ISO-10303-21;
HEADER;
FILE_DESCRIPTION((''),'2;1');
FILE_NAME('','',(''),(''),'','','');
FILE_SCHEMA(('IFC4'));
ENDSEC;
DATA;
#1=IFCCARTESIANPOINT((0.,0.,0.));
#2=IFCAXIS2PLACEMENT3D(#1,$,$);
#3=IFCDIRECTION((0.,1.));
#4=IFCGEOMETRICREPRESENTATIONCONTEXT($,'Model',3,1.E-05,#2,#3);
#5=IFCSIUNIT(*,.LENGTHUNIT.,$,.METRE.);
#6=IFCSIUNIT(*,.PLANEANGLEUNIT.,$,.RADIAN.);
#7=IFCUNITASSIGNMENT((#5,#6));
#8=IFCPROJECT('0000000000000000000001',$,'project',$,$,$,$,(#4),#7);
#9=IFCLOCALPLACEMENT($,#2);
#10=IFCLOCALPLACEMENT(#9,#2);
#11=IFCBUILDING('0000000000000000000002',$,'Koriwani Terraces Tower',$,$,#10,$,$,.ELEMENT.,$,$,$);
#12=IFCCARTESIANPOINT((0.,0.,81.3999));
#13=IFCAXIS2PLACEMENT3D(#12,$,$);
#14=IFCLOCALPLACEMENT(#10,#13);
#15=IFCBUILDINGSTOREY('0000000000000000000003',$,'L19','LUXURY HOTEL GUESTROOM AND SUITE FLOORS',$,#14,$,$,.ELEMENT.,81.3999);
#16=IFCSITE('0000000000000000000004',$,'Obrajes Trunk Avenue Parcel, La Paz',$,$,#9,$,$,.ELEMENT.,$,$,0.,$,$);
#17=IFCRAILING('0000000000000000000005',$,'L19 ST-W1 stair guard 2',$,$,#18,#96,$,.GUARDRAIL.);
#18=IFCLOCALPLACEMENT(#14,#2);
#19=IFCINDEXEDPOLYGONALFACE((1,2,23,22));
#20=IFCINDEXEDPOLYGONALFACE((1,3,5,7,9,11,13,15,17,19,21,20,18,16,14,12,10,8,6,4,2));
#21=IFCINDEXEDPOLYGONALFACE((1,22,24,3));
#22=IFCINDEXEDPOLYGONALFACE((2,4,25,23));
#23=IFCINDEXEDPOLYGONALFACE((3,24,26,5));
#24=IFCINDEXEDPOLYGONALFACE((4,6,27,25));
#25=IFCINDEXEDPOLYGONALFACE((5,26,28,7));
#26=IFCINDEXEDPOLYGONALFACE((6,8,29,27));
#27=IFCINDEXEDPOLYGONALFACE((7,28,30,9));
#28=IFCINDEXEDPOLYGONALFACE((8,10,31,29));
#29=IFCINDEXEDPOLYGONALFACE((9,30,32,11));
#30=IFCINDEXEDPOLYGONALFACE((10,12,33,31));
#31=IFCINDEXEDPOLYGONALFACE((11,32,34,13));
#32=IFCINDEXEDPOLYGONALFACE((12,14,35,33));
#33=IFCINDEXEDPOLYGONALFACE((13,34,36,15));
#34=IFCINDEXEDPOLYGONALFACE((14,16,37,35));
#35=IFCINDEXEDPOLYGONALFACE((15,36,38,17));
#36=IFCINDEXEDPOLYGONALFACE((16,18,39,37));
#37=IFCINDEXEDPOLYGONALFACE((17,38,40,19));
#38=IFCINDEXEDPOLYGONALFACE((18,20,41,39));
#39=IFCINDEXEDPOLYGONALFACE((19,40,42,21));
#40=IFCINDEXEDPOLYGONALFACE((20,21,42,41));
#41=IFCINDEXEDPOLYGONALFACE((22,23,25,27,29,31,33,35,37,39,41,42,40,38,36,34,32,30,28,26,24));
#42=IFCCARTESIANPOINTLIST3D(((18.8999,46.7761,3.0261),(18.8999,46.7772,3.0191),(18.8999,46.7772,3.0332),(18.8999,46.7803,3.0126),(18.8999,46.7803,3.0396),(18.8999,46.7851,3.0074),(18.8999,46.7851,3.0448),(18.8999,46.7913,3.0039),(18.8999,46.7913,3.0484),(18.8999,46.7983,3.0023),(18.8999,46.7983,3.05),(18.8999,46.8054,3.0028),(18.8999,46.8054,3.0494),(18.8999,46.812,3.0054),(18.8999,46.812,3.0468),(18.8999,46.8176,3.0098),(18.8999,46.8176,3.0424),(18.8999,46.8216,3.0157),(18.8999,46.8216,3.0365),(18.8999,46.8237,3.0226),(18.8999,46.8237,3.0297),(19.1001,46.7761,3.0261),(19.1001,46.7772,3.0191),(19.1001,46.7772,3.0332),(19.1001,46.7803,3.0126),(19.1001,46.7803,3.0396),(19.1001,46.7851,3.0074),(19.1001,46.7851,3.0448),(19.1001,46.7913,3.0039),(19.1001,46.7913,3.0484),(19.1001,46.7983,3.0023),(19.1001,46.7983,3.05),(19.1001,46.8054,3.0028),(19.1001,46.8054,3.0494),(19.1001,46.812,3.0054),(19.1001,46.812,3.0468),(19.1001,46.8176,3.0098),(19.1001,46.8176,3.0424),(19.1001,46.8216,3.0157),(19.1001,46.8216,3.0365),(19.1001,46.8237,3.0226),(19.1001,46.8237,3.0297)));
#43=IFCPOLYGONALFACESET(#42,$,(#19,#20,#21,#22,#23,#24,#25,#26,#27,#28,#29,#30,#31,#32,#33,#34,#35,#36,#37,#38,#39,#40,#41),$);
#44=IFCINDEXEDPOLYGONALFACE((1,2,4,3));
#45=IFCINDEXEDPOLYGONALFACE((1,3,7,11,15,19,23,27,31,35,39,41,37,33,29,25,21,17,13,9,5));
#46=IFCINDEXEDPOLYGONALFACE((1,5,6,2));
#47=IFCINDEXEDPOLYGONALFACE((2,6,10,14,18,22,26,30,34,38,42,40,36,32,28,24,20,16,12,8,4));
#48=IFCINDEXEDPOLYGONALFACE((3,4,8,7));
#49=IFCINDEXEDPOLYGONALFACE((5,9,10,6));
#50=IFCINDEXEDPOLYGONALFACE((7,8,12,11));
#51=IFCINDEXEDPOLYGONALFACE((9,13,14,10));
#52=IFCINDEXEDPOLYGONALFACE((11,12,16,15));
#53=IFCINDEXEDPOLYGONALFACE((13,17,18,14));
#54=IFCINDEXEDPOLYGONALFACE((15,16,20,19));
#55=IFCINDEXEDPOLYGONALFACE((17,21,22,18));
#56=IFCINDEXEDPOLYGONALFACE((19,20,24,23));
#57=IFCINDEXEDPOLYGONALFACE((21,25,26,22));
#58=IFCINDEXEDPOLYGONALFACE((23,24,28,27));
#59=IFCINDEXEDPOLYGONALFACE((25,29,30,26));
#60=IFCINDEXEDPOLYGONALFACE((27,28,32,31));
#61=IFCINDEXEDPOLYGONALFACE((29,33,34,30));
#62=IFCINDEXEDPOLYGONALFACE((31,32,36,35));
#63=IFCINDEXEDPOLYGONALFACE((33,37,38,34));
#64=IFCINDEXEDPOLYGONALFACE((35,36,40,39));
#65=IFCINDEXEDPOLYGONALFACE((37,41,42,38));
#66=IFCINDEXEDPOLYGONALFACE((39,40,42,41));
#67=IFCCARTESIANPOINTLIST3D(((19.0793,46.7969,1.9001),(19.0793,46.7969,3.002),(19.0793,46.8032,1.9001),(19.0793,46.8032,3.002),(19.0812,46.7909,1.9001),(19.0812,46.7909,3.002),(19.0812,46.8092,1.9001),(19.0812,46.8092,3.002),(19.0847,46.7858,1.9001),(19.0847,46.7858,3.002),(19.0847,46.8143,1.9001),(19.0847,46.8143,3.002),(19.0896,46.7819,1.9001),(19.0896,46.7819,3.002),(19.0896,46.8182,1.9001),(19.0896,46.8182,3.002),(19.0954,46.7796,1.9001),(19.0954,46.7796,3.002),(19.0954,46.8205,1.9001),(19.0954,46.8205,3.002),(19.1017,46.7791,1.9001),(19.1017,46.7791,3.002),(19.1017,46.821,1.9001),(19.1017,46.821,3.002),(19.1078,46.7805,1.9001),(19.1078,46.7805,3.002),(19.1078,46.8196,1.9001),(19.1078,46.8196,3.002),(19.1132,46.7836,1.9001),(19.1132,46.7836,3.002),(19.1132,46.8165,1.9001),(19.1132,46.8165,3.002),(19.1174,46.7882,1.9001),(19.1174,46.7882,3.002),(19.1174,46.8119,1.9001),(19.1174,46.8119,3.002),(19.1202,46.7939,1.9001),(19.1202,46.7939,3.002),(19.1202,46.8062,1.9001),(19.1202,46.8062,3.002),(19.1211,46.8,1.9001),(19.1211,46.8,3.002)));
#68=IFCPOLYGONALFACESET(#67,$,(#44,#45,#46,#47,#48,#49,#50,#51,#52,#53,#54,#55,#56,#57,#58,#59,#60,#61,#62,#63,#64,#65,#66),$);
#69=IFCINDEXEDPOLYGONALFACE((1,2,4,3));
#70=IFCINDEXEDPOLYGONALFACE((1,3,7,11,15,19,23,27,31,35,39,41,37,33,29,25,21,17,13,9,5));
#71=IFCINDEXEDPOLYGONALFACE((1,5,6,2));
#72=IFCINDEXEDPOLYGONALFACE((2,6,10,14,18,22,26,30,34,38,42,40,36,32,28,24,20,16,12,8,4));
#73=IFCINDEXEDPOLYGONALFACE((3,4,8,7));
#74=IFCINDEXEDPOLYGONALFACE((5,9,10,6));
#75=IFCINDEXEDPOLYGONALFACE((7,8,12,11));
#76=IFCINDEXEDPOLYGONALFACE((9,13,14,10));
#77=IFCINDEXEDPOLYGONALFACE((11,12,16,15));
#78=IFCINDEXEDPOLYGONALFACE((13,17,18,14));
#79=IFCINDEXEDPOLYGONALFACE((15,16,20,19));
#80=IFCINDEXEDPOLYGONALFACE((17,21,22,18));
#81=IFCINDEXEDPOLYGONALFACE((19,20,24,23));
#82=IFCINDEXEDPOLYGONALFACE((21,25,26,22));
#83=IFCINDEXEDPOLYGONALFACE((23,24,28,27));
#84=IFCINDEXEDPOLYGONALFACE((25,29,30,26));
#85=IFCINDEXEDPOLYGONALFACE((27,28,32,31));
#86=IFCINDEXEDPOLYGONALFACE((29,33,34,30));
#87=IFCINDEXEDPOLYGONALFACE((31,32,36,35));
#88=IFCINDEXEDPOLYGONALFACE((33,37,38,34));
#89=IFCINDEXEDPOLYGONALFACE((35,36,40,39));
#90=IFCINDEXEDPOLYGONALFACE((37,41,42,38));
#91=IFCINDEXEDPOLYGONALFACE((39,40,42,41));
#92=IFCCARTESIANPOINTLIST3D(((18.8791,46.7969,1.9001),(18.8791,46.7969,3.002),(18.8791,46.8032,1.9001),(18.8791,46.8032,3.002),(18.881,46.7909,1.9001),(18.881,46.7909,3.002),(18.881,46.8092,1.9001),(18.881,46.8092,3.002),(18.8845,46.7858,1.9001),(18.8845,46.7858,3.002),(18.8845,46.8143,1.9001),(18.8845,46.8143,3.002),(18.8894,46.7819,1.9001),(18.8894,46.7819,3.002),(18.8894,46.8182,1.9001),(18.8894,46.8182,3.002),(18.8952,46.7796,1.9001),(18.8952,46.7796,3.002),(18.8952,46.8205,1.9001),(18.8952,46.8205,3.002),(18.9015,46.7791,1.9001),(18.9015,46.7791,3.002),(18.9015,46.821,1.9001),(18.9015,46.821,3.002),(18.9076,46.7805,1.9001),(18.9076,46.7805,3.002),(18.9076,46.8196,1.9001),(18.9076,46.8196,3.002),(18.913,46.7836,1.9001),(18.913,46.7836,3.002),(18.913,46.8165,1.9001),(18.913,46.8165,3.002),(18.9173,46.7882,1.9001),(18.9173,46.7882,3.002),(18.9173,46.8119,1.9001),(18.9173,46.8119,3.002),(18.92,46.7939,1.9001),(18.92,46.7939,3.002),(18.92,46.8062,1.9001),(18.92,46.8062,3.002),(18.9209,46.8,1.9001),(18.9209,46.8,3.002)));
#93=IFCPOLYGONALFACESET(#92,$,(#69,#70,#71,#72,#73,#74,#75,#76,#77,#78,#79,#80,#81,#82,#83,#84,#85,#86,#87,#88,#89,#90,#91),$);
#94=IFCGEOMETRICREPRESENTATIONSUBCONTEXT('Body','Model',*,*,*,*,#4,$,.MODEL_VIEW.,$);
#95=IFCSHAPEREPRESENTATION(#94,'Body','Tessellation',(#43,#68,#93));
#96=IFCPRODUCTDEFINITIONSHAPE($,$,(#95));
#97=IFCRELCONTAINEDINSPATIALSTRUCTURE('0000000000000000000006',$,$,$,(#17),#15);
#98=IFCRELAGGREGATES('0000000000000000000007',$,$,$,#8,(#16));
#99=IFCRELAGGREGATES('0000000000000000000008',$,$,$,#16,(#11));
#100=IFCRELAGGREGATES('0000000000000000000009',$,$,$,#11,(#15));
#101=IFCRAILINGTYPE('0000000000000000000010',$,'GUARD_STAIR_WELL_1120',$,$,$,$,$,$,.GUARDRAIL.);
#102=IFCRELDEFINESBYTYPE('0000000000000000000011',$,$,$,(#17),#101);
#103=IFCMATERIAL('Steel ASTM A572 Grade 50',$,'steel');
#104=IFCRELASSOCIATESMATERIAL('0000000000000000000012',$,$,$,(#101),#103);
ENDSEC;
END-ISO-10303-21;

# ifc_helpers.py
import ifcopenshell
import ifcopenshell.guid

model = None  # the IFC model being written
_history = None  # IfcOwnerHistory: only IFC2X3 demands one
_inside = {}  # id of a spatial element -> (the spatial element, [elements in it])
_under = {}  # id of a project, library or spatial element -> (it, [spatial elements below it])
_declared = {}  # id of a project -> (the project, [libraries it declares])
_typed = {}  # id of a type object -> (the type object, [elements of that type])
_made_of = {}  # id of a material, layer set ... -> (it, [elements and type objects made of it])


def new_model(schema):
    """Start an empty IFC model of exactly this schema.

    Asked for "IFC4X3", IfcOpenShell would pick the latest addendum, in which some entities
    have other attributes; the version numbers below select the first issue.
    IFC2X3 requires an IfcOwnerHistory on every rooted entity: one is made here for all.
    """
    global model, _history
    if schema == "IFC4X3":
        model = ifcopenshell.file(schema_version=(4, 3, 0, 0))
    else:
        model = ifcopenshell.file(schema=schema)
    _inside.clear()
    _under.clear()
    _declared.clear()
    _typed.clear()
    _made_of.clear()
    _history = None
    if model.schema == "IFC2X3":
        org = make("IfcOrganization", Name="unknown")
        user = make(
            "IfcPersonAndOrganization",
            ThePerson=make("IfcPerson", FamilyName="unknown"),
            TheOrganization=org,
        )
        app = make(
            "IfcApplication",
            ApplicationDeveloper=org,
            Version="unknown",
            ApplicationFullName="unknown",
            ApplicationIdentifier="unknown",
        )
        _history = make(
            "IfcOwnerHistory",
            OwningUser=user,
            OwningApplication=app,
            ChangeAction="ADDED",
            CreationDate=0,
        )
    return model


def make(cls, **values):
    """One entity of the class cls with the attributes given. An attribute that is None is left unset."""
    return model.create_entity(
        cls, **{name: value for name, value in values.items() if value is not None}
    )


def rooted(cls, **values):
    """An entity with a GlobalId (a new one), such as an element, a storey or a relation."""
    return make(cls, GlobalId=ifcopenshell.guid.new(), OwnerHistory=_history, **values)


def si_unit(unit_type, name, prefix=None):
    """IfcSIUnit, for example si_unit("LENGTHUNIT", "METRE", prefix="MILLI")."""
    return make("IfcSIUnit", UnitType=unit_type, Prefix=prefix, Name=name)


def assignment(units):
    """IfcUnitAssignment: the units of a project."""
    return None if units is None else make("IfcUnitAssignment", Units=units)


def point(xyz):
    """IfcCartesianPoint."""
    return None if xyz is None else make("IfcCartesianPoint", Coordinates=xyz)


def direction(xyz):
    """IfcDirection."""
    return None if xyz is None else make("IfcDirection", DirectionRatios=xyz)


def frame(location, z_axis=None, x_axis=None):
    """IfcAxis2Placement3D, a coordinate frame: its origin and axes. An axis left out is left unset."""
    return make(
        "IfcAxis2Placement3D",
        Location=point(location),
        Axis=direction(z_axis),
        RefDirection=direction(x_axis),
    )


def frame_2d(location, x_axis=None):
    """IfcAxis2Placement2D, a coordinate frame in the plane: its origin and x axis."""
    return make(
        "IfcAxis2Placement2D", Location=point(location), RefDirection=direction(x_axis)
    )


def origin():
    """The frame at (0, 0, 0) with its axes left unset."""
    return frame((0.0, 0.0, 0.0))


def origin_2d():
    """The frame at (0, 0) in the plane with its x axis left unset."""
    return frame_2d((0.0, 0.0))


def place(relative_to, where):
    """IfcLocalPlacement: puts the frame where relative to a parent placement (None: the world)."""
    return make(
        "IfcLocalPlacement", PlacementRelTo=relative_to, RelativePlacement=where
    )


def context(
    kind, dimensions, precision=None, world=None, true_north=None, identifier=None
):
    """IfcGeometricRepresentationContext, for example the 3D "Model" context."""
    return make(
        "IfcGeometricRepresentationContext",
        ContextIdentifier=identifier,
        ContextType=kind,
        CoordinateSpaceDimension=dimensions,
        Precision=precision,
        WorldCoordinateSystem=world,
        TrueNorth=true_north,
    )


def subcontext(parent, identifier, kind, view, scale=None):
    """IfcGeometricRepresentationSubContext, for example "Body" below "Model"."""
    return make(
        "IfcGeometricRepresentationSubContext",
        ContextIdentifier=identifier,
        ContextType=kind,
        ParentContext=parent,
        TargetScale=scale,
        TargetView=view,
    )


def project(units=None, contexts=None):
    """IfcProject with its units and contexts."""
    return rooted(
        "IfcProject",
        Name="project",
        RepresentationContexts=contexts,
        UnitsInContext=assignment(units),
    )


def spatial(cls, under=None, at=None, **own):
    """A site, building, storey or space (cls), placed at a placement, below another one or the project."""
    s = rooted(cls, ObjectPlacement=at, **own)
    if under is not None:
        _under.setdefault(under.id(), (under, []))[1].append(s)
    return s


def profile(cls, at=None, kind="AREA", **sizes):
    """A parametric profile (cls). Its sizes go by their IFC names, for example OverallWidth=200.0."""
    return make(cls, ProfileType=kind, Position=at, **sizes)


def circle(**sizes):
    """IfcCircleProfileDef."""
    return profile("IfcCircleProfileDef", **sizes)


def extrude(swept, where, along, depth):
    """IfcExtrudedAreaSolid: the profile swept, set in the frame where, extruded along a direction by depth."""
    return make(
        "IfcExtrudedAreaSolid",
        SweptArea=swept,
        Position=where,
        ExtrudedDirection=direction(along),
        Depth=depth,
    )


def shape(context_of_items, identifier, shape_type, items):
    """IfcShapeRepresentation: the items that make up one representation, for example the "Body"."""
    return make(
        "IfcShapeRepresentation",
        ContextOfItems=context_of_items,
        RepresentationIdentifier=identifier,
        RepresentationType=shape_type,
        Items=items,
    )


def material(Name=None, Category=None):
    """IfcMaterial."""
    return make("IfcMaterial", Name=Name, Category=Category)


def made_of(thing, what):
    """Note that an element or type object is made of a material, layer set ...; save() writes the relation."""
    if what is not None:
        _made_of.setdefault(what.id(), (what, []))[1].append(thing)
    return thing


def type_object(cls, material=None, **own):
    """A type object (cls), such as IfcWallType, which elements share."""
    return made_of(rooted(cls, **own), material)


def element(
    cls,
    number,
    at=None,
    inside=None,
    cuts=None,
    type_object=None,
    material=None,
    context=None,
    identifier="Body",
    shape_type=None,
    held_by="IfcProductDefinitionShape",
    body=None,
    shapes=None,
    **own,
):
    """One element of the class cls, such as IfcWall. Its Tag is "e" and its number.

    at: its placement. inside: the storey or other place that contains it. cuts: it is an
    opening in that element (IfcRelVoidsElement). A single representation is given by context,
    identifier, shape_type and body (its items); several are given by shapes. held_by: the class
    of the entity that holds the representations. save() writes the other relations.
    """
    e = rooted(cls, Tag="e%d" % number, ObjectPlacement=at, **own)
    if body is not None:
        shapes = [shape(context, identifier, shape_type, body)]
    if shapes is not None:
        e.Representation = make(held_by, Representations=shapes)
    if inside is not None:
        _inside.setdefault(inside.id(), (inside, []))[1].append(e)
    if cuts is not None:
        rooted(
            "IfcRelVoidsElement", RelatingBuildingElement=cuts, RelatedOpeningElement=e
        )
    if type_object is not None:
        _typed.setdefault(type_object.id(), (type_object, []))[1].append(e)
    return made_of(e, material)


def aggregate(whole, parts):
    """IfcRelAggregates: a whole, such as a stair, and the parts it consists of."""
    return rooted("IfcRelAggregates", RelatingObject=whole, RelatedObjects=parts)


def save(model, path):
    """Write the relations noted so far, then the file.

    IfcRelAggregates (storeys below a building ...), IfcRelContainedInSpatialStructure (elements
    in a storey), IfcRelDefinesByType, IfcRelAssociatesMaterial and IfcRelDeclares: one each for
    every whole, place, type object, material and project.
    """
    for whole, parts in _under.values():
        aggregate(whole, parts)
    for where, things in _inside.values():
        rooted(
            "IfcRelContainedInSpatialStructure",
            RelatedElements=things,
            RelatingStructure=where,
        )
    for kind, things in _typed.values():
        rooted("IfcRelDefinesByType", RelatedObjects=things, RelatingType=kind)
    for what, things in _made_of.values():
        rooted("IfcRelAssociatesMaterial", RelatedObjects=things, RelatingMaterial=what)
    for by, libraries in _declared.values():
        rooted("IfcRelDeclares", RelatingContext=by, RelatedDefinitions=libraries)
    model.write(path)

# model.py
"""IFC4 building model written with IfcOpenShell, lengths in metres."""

from ifc_helpers import new_model, si_unit, direction, frame, origin, origin_2d, place, context, subcontext, project, spatial, circle, extrude, material, type_object, element, save


model = new_model("IFC4")

# Units and contexts
model_context = context("Model", 3, precision=1e-05, world=origin(), true_north=direction((0.0, 1.0)))
body_context = subcontext(model_context, "Body", "Model", "MODEL_VIEW")
ifc_project = project(units=[si_unit("LENGTHUNIT", "METRE"), si_unit("PLANEANGLEUNIT", "RADIAN")], contexts=[model_context])

# Site, building, storey
site_placement = place(None, origin())
site = spatial("IfcSite", under=ifc_project, at=site_placement, Name="Obrajes Trunk Avenue Parcel, La Paz", CompositionType="ELEMENT", RefElevation=0.0)
building_placement = place(site_placement, origin())
building = spatial("IfcBuilding", under=site, at=building_placement, Name="Koriwani Terraces Tower", CompositionType="ELEMENT")
storey_placement = place(building_placement, frame((0.0, 0.0, 81.3999)))
storey = spatial("IfcBuildingStorey", under=building, at=storey_placement, Name="L19", Description="LUXURY HOTEL GUESTROOM AND SUITE FLOORS", CompositionType="ELEMENT", Elevation=81.3999)

# Shared definitions
ifc_material_1 = material(Name="Steel ASTM A572 Grade 50", Category="steel")

# Railing
railing_type_1 = type_object("IfcRailingType", Name="GUARD_STAIR_WELL_1120", PredefinedType="GUARDRAIL", material=ifc_material_1)
railing_1_placement = place(storey_placement, frame((19.1001, 46.8, 1.9001)))
element("IfcRailing", 1, at=railing_1_placement, inside=storey, type_object=railing_type_1, Name="L19 ST-W1 stair guard 2", PredefinedType="GUARDRAIL", context=body_context, shape_type="SweptSolid", body=[
    extrude(circle(Radius=0.0239, at=origin_2d()), frame((0.0, 0.0, 1.126), z_axis=(-1.0, 0.0, 0.0), x_axis=(0.0, -1.0, 0.0)), (0.0, 0.0, 1.0), 0.2002),
    extrude(circle(Radius=0.021, at=origin_2d()), origin(), (0.0, 0.0, 1.0), 1.1018),
    extrude(circle(Radius=0.021, at=origin_2d()), frame((-0.2002, 0.0, 0.0)), (0.0, 0.0, 1.0), 1.1018),
])

save(model, "model.ifc")
